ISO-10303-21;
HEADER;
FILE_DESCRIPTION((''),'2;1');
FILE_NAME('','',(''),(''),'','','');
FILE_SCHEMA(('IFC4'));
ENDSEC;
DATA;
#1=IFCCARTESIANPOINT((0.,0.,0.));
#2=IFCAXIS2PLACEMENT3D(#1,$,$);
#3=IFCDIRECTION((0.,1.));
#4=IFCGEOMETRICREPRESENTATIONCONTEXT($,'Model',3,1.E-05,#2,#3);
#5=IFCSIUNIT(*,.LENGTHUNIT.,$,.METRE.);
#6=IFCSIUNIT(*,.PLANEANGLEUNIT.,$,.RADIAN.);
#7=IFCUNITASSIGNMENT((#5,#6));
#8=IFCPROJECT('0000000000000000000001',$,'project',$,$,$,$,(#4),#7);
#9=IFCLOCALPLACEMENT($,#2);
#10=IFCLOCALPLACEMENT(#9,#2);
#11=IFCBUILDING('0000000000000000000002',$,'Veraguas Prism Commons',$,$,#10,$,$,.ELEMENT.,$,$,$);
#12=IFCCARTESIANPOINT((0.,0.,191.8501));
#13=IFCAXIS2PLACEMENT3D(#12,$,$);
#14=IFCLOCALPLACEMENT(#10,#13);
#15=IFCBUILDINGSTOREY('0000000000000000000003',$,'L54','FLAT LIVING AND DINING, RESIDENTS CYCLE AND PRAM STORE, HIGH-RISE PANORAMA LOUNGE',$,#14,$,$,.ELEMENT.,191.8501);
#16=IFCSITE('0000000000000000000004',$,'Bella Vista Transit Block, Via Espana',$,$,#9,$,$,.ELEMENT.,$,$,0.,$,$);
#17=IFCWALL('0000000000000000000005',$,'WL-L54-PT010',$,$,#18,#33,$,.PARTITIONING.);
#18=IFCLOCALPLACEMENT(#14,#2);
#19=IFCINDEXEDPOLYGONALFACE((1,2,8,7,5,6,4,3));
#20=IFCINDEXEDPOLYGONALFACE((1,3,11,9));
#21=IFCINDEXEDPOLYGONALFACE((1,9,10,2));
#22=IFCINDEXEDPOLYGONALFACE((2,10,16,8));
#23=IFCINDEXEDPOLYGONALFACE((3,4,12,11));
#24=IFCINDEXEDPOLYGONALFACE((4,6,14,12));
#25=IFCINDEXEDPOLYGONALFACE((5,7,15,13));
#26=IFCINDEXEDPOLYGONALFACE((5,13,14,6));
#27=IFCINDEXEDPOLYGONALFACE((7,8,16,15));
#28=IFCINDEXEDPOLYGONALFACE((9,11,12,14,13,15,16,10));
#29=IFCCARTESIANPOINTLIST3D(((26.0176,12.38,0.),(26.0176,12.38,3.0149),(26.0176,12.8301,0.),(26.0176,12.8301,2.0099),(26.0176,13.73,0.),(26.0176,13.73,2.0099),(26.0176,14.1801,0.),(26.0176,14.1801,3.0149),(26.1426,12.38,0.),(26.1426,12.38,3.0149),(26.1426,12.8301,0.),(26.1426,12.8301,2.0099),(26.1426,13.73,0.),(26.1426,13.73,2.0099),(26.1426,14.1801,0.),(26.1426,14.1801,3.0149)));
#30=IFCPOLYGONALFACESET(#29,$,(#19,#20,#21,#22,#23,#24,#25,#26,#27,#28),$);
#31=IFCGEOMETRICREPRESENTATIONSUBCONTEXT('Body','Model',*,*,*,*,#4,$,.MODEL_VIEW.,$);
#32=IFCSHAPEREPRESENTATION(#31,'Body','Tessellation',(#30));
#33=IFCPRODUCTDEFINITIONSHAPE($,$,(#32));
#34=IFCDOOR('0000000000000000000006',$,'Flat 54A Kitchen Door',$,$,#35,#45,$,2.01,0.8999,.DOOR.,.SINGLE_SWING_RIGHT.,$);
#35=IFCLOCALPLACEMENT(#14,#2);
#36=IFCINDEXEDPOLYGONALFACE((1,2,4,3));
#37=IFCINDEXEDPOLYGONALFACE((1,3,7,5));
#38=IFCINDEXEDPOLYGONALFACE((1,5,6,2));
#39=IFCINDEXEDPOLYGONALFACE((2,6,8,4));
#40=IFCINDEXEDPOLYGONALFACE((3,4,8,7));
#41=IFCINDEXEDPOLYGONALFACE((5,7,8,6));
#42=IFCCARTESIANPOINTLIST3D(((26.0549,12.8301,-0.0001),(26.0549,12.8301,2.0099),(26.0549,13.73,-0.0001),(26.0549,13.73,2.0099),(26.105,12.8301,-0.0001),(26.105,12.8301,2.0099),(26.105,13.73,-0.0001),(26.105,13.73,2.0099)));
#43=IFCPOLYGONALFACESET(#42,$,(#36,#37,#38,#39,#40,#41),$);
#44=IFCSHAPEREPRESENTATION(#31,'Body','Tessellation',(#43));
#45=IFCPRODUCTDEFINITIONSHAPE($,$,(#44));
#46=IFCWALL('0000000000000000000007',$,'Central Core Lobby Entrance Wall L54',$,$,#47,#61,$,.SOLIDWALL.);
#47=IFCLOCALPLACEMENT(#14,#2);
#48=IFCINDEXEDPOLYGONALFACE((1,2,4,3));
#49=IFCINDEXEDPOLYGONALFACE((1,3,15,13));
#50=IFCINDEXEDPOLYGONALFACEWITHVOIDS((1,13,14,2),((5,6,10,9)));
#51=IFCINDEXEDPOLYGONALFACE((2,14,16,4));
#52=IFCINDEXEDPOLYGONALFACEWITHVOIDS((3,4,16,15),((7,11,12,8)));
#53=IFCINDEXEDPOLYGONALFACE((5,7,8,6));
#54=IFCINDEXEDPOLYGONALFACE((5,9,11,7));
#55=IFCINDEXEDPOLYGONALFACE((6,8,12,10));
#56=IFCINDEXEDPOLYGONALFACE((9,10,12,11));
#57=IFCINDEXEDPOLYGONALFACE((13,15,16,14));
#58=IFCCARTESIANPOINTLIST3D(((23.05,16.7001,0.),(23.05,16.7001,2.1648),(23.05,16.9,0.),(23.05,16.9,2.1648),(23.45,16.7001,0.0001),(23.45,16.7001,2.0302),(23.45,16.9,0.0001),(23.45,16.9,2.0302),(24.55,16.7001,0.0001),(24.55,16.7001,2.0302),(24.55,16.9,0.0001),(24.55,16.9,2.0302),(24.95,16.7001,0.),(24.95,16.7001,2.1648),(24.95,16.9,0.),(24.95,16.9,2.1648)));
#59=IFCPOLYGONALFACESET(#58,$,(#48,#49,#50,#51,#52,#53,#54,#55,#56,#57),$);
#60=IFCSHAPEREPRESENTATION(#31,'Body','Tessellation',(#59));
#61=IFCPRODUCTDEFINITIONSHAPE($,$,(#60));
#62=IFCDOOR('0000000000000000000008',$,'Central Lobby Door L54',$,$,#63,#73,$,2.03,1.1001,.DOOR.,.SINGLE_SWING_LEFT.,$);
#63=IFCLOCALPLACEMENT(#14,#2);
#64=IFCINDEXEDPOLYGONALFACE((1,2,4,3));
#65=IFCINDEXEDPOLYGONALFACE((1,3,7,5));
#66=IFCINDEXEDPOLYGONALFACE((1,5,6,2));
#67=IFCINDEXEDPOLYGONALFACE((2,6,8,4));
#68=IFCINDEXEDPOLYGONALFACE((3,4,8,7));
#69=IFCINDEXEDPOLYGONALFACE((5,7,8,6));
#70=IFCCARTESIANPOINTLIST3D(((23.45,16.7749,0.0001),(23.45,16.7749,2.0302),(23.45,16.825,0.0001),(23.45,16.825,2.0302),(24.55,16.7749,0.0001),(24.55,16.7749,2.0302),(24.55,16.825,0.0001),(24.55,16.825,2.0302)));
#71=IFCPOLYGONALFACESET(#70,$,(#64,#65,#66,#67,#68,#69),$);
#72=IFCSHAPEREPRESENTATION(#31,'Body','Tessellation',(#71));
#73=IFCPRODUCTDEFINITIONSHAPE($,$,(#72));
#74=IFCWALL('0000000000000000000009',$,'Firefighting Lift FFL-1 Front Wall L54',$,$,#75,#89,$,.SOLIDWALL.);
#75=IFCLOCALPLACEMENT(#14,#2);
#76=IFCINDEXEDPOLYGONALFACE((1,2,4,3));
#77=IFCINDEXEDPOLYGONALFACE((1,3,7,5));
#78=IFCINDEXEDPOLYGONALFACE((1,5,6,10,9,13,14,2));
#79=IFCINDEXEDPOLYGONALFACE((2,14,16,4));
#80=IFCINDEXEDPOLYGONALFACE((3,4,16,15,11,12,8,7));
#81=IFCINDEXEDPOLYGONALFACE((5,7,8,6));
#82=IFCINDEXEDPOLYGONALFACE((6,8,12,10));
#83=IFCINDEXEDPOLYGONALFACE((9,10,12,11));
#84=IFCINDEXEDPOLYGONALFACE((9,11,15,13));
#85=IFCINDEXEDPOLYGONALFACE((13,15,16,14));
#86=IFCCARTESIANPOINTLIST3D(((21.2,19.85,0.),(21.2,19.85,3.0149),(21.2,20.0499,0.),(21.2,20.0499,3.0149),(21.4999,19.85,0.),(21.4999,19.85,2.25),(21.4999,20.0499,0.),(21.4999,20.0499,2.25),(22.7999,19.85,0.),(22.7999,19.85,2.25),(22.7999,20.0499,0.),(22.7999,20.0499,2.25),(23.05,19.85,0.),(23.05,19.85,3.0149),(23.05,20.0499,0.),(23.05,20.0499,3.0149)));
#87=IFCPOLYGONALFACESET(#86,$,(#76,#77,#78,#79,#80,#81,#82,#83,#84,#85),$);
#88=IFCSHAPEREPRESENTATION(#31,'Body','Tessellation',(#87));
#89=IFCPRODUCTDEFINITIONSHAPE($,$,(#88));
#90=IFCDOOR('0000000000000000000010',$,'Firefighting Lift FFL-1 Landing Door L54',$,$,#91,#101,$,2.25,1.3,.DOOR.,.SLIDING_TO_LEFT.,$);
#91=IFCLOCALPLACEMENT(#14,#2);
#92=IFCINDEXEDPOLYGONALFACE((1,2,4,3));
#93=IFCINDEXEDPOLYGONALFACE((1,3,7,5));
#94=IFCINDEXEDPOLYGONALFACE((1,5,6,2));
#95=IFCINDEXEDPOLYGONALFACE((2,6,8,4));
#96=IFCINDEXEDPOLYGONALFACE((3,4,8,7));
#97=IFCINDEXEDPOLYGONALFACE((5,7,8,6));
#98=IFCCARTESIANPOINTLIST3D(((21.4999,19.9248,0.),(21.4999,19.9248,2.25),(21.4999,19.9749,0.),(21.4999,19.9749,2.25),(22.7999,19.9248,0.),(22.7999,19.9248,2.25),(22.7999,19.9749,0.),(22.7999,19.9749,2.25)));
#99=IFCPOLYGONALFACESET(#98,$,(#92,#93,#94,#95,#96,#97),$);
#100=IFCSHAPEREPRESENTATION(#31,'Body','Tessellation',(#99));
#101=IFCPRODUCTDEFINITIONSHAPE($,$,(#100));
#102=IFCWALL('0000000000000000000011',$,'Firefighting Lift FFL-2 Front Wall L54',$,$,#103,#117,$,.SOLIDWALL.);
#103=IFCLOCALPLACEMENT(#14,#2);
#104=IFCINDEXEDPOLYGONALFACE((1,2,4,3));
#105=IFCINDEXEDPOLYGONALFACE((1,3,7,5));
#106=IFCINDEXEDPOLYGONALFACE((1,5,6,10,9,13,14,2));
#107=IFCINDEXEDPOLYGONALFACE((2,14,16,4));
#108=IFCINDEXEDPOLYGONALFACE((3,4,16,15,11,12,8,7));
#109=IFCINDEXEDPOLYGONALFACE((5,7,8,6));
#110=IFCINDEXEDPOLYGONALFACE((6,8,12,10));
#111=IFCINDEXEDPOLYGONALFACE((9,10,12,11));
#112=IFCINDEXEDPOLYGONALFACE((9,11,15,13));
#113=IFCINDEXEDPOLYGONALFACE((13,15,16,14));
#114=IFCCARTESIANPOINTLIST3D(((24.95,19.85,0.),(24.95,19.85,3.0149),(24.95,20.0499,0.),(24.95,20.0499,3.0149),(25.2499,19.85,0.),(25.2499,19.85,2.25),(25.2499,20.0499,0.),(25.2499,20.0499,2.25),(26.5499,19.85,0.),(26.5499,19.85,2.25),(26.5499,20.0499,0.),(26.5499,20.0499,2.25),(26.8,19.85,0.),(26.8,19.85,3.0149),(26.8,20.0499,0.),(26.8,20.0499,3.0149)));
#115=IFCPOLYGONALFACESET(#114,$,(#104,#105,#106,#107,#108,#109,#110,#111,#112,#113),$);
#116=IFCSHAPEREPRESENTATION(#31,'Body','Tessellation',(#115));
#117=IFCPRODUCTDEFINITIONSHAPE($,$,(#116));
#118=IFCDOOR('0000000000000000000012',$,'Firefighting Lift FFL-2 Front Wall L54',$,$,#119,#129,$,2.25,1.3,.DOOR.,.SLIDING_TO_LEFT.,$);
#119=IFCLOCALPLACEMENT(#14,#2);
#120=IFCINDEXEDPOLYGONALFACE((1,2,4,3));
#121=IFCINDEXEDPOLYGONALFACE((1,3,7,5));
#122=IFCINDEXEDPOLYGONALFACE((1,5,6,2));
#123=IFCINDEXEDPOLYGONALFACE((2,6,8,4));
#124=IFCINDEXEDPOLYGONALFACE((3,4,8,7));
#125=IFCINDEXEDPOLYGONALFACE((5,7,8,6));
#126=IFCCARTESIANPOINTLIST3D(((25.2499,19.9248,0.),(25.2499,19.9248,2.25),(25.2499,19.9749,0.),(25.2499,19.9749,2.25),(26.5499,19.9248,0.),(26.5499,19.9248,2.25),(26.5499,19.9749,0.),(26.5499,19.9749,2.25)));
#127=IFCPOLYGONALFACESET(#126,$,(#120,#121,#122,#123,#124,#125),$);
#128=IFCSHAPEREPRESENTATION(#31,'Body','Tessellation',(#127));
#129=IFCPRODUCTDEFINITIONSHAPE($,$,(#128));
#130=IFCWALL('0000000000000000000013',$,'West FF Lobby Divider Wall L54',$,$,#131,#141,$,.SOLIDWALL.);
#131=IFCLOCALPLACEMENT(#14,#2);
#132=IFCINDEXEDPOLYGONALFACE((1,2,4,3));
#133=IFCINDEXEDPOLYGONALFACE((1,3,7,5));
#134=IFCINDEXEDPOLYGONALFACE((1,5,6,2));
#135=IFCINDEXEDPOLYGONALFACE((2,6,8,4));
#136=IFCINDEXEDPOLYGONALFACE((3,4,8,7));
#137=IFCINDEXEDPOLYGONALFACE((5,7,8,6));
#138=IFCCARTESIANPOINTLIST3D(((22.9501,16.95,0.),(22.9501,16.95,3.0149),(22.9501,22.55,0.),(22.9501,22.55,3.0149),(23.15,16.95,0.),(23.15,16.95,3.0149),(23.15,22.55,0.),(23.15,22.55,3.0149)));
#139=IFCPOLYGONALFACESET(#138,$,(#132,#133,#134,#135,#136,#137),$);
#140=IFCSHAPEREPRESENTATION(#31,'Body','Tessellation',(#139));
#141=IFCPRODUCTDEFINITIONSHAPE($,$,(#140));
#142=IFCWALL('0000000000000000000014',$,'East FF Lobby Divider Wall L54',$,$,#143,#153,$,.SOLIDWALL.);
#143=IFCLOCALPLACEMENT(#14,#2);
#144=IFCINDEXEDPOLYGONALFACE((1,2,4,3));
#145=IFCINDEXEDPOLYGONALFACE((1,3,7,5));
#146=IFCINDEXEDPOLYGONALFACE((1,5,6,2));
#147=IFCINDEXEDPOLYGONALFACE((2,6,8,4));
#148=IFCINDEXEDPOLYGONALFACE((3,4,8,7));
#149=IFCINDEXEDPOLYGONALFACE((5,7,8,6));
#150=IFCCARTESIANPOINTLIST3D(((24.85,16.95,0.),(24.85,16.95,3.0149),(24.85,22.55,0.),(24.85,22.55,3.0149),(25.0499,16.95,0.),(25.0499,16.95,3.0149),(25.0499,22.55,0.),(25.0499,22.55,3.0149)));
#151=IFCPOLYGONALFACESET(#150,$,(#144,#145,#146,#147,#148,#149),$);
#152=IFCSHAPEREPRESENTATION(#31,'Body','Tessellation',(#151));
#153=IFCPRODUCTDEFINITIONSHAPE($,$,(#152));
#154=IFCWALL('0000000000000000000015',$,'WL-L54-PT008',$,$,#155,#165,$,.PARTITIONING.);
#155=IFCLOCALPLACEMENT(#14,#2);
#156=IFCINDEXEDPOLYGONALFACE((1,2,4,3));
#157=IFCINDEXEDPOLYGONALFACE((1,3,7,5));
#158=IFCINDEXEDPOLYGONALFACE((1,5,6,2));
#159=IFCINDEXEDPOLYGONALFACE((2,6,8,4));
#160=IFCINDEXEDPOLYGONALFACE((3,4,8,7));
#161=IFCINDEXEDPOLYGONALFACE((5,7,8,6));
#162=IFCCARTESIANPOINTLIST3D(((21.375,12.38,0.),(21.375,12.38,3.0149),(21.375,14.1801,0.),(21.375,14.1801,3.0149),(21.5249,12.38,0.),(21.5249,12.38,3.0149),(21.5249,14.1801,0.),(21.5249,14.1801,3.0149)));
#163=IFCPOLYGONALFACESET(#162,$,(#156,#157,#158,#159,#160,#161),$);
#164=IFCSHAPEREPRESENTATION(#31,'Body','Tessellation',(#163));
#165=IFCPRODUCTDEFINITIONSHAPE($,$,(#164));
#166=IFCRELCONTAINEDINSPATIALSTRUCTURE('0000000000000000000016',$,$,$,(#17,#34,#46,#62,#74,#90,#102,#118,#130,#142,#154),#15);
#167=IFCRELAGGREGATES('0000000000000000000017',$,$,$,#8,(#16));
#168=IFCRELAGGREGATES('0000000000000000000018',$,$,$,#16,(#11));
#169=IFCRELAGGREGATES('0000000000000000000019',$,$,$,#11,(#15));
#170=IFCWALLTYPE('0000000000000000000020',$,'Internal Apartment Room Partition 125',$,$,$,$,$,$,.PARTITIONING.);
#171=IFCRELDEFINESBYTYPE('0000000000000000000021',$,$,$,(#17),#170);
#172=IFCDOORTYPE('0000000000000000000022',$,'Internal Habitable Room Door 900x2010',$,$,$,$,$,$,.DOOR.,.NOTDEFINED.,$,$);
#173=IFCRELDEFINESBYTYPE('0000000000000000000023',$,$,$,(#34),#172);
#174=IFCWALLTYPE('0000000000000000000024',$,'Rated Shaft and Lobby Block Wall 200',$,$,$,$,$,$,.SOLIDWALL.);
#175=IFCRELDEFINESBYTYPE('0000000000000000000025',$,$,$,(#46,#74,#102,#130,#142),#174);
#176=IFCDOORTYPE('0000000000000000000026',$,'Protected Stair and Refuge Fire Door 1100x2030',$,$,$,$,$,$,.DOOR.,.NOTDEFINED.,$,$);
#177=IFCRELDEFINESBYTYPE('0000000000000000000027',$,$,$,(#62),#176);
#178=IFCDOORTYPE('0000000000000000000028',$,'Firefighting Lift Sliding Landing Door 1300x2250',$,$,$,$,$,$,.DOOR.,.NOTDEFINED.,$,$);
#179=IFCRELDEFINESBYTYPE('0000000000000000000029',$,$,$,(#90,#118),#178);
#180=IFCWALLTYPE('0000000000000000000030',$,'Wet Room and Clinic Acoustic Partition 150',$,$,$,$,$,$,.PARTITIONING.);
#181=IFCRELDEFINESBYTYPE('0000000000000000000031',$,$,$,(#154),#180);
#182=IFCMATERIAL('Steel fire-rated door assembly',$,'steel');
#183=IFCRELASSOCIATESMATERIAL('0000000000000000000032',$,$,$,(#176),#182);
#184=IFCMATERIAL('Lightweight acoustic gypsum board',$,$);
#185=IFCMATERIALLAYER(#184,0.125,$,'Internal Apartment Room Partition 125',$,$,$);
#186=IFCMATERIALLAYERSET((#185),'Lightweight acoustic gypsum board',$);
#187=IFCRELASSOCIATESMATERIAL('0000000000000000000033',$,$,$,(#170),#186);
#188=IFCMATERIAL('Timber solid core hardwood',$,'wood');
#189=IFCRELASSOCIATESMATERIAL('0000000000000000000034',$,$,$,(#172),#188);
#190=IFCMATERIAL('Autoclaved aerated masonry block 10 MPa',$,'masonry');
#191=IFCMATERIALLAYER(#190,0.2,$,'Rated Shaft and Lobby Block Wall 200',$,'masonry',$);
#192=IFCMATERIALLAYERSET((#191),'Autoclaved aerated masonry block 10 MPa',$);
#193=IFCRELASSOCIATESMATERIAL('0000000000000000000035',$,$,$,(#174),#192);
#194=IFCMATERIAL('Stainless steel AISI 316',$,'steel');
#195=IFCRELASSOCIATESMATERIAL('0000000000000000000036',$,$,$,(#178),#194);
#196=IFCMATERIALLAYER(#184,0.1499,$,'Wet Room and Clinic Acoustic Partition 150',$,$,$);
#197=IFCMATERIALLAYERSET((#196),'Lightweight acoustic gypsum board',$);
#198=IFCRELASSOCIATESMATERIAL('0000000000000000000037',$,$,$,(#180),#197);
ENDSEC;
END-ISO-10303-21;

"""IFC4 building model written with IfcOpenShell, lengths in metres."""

from ifc_helpers import new_model, si_unit, direction, frame, frame_2d, origin, place, context, subcontext, project, spatial, rectangle, extrude, source, transform, mapped, material, layer, layer_set, type_object, element, fill, save


model = new_model("IFC4")

# Units and contexts
model_context = context("Model", 3, precision=1e-05, world=origin(), true_north=direction((0.0, 1.0)))
body_context = subcontext(model_context, "Body", "Model", "MODEL_VIEW")
ifc_project = project(units=[si_unit("LENGTHUNIT", "METRE"), si_unit("PLANEANGLEUNIT", "RADIAN")], contexts=[model_context])

# Site, building, storey
site_placement = place(None, origin())
site = spatial("IfcSite", under=ifc_project, at=site_placement, Name="Bella Vista Transit Block, Via Espana", CompositionType="ELEMENT", RefElevation=0.0)
building_placement = place(site_placement, origin())
building = spatial("IfcBuilding", under=site, at=building_placement, Name="Veraguas Prism Commons", CompositionType="ELEMENT")
storey_placement = place(building_placement, frame((0.0, 0.0, 191.8501)))
storey = spatial("IfcBuildingStorey", under=building, at=storey_placement, Name="L54", Description="FLAT LIVING AND DINING, RESIDENTS CYCLE AND PRAM STORE, HIGH-RISE PANORAMA LOUNGE", CompositionType="ELEMENT", Elevation=191.8501)

# Shared definitions
ifc_material_1 = material(Name="Steel fire-rated door assembly", Category="steel")
door_type_1 = type_object("IfcDoorType", Name="Protected Stair and Refuge Fire Door 1100x2030", OperationType="NOTDEFINED", PredefinedType="DOOR", material=ifc_material_1)
shared_shape_1 = source(origin(), body_context, "Body", "SweptSolid", [
    extrude(rectangle(XDim=1.1001, YDim=2.03, at=frame_2d((0.55, 1.0151))), frame((0.0, 0.0249, 0.0), z_axis=(0.0, -1.0, 0.0), x_axis=(1.0, 0.0, 0.0)), (0.0, 0.0, 1.0), 0.05),
])

# Walls, openings, doors
ifc_material_2 = material(Name="Lightweight acoustic gypsum board")
ifc_layer_1 = layer(ifc_material_2, 0.125, Name="Internal Apartment Room Partition 125")
ifc_layer_set_1 = layer_set([ifc_layer_1], Name="Lightweight acoustic gypsum board")
wall_type_1 = type_object("IfcWallType", Name="Internal Apartment Room Partition 125", PredefinedType="PARTITIONING", material=ifc_layer_set_1)
wall_1_placement = place(storey_placement, frame((26.0801, 14.1799, 0.0), z_axis=(0.0, 0.0, 1.0), x_axis=(0.0, -1.0, 0.0)))
wall_1 = element("IfcWall", 1, at=wall_1_placement, inside=storey, type_object=wall_type_1, Name="WL-L54-PT010", PredefinedType="PARTITIONING", context=body_context, shape_type="SweptSolid", body=[
    extrude(rectangle(XDim=1.8, YDim=0.125, at=frame_2d((0.8999, 0.0))), origin(), (0.0, 0.0, 1.0), 3.0149),
])
opening_1_placement = place(wall_1_placement, frame((0.45, 0.0, 0.0)))
opening_1 = element("IfcOpeningElement", 2, at=opening_1_placement, cuts=wall_1, PredefinedType="OPENING", context=body_context, shape_type="SweptSolid", body=[
    extrude(rectangle(XDim=0.8999, YDim=2.01, at=frame_2d((0.45, 1.0049))), frame((0.0, 0.0725, 0.0), z_axis=(0.0, -1.0, 0.0), x_axis=(1.0, 0.0, 0.0)), (0.0, 0.0, 1.0), 0.145),
])
ifc_material_3 = material(Name="Timber solid core hardwood", Category="wood")
door_type_2 = type_object("IfcDoorType", Name="Internal Habitable Room Door 900x2010", OperationType="NOTDEFINED", PredefinedType="DOOR", material=ifc_material_3)
shared_shape_2 = source(origin(), body_context, "Body", "SweptSolid", [
    extrude(rectangle(XDim=0.8999, YDim=2.01, at=frame_2d((0.45, 1.0049))), frame((0.0, 0.0249, 0.0), z_axis=(0.0, -1.0, 0.0), x_axis=(1.0, 0.0, 0.0)), (0.0, 0.0, 1.0), 0.05),
])
door_1_placement = place(opening_1_placement, origin())
door_1 = element("IfcDoor", 3, at=door_1_placement, inside=storey, type_object=door_type_2, Name="Flat 54A Kitchen Door", OperationType="SINGLE_SWING_RIGHT", OverallHeight=2.01, OverallWidth=0.8999, PredefinedType="DOOR", context=body_context, shape_type="MappedRepresentation", body=[
    mapped(shared_shape_2, transform((0.0, 0.0, 0.0), scale=1.0)),
])
fill(opening_1, door_1)
ifc_material_4 = material(Name="Autoclaved aerated masonry block 10 MPa", Category="masonry")
ifc_layer_2 = layer(ifc_material_4, 0.2, Name="Rated Shaft and Lobby Block Wall 200", Category="masonry")
ifc_layer_set_2 = layer_set([ifc_layer_2], Name="Autoclaved aerated masonry block 10 MPa")
wall_type_2 = type_object("IfcWallType", Name="Rated Shaft and Lobby Block Wall 200", PredefinedType="SOLIDWALL", material=ifc_layer_set_2)
wall_2_placement = place(storey_placement, frame((23.05, 16.8, 0.0), z_axis=(0.0, 0.0, 1.0), x_axis=(1.0, 0.0, 0.0)))
wall_2 = element("IfcWall", 4, at=wall_2_placement, inside=storey, type_object=wall_type_2, Name="Central Core Lobby Entrance Wall L54", PredefinedType="SOLIDWALL", context=body_context, shape_type="SweptSolid", body=[
    extrude(rectangle(XDim=1.8999, YDim=0.2, at=frame_2d((0.95, 0.0))), origin(), (0.0, 0.0, 1.0), 2.1648),
])
opening_2_placement = place(wall_2_placement, frame((0.3999, 0.0, 0.0)))
opening_2 = element("IfcOpeningElement", 5, at=opening_2_placement, cuts=wall_2, PredefinedType="OPENING", context=body_context, shape_type="SweptSolid", body=[
    extrude(rectangle(XDim=1.1001, YDim=2.03, at=frame_2d((0.55, 1.0151))), frame((0.0, 0.1099, 0.0), z_axis=(0.0, -1.0, 0.0), x_axis=(1.0, 0.0, 0.0)), (0.0, 0.0, 1.0), 0.22),
])
door_2_placement = place(opening_2_placement, origin())
door_2 = element("IfcDoor", 6, at=door_2_placement, inside=storey, type_object=door_type_1, Name="Central Lobby Door L54", OperationType="SINGLE_SWING_LEFT", OverallHeight=2.03, OverallWidth=1.1001, PredefinedType="DOOR", context=body_context, shape_type="MappedRepresentation", body=[
    mapped(shared_shape_1, transform((0.0, 0.0, 0.0), scale=1.0)),
])
fill(opening_2, door_2)
wall_3_placement = place(storey_placement, frame((21.2, 19.95, 0.0), z_axis=(0.0, 0.0, 1.0), x_axis=(1.0, 0.0, 0.0)))
wall_3 = element("IfcWall", 7, at=wall_3_placement, inside=storey, type_object=wall_type_2, Name="Firefighting Lift FFL-1 Front Wall L54", PredefinedType="SOLIDWALL", context=body_context, shape_type="SweptSolid", body=[
    extrude(rectangle(XDim=1.8501, YDim=0.2, at=frame_2d((0.925, 0.0))), origin(), (0.0, 0.0, 1.0), 3.0149),
])
opening_3_placement = place(wall_3_placement, frame((0.3, 0.0, 0.0)))
opening_3 = element("IfcOpeningElement", 8, at=opening_3_placement, cuts=wall_3, PredefinedType="OPENING", context=body_context, shape_type="SweptSolid", body=[
    extrude(rectangle(XDim=1.3, YDim=2.25, at=frame_2d((0.6499, 1.125))), frame((0.0, 0.1099, 0.0), z_axis=(0.0, -1.0, 0.0), x_axis=(1.0, 0.0, 0.0)), (0.0, 0.0, 1.0), 0.22),
])
ifc_material_5 = material(Name="Stainless steel AISI 316", Category="steel")
door_type_3 = type_object("IfcDoorType", Name="Firefighting Lift Sliding Landing Door 1300x2250", OperationType="NOTDEFINED", PredefinedType="DOOR", material=ifc_material_5)
shared_shape_3 = source(origin(), body_context, "Body", "SweptSolid", [
    extrude(rectangle(XDim=1.3, YDim=2.25, at=frame_2d((0.6499, 1.125))), frame((0.0, 0.0249, 0.0), z_axis=(0.0, -1.0, 0.0), x_axis=(1.0, 0.0, 0.0)), (0.0, 0.0, 1.0), 0.05),
])
door_3_placement = place(opening_3_placement, origin())
door_3 = element("IfcDoor", 9, at=door_3_placement, inside=storey, type_object=door_type_3, Name="Firefighting Lift FFL-1 Landing Door L54", OperationType="SLIDING_TO_LEFT", OverallHeight=2.25, OverallWidth=1.3, PredefinedType="DOOR", context=body_context, shape_type="MappedRepresentation", body=[
    mapped(shared_shape_3, transform((0.0, 0.0, 0.0), scale=1.0)),
])
fill(opening_3, door_3)
wall_4_placement = place(storey_placement, frame((24.95, 19.95, 0.0), z_axis=(0.0, 0.0, 1.0), x_axis=(1.0, 0.0, 0.0)))
wall_4 = element("IfcWall", 10, at=wall_4_placement, inside=storey, type_object=wall_type_2, Name="Firefighting Lift FFL-2 Front Wall L54", PredefinedType="SOLIDWALL", context=body_context, shape_type="SweptSolid", body=[
    extrude(rectangle(XDim=1.8501, YDim=0.2, at=frame_2d((0.925, 0.0))), origin(), (0.0, 0.0, 1.0), 3.0149),
])
opening_4_placement = place(wall_4_placement, frame((0.3, 0.0, 0.0)))
opening_4 = element("IfcOpeningElement", 11, at=opening_4_placement, cuts=wall_4, PredefinedType="OPENING", context=body_context, shape_type="SweptSolid", body=[
    extrude(rectangle(XDim=1.3, YDim=2.25, at=frame_2d((0.6499, 1.125))), frame((0.0, 0.1099, 0.0), z_axis=(0.0, -1.0, 0.0), x_axis=(1.0, 0.0, 0.0)), (0.0, 0.0, 1.0), 0.22),
])
door_4_placement = place(opening_4_placement, origin())
door_4 = element("IfcDoor", 12, at=door_4_placement, inside=storey, type_object=door_type_3, Name="Firefighting Lift FFL-2 Front Wall L54", OperationType="SLIDING_TO_LEFT", OverallHeight=2.25, OverallWidth=1.3, PredefinedType="DOOR", context=body_context, shape_type="MappedRepresentation", body=[
    mapped(shared_shape_3, transform((0.0, 0.0, 0.0), scale=1.0)),
])
fill(opening_4, door_4)

# Walls
for number, where, z_axis, x_axis, name in (
    (13, (23.05, 16.95, 0.0), (0.0, 0.0, 1.0), (0.0, 1.0, 0.0), "West FF Lobby Divider Wall L54"),
    (14, (24.95, 16.95, 0.0), (0.0, 0.0, 1.0), (0.0, 1.0, 0.0), "East FF Lobby Divider Wall L54"),
):
    element("IfcWall", number, at=place(storey_placement, frame(where, z_axis=z_axis, x_axis=x_axis)), inside=storey, type_object=wall_type_2, Name=name, PredefinedType="SOLIDWALL", context=body_context, shape_type="SweptSolid", body=[
        extrude(rectangle(XDim=5.6001, YDim=0.2, at=frame_2d((2.8, 0.0))), origin(), (0.0, 0.0, 1.0), 3.0149),
    ])
ifc_layer_3 = layer(ifc_material_2, 0.1499, Name="Wet Room and Clinic Acoustic Partition 150")
ifc_layer_set_3 = layer_set([ifc_layer_3], Name="Lightweight acoustic gypsum board")
wall_type_3 = type_object("IfcWallType", Name="Wet Room and Clinic Acoustic Partition 150", PredefinedType="PARTITIONING", material=ifc_layer_set_3)
wall_5_placement = place(storey_placement, frame((21.45, 14.1799, 0.0), z_axis=(0.0, 0.0, 1.0), x_axis=(0.0, -1.0, 0.0)))
element("IfcWall", 15, at=wall_5_placement, inside=storey, type_object=wall_type_3, Name="WL-L54-PT008", PredefinedType="PARTITIONING", context=body_context, shape_type="SweptSolid", body=[
    extrude(rectangle(XDim=1.8, YDim=0.1499, at=frame_2d((0.8999, 0.0))), origin(), (0.0, 0.0, 1.0), 3.0149),
])

save(model, "model.ifc")
